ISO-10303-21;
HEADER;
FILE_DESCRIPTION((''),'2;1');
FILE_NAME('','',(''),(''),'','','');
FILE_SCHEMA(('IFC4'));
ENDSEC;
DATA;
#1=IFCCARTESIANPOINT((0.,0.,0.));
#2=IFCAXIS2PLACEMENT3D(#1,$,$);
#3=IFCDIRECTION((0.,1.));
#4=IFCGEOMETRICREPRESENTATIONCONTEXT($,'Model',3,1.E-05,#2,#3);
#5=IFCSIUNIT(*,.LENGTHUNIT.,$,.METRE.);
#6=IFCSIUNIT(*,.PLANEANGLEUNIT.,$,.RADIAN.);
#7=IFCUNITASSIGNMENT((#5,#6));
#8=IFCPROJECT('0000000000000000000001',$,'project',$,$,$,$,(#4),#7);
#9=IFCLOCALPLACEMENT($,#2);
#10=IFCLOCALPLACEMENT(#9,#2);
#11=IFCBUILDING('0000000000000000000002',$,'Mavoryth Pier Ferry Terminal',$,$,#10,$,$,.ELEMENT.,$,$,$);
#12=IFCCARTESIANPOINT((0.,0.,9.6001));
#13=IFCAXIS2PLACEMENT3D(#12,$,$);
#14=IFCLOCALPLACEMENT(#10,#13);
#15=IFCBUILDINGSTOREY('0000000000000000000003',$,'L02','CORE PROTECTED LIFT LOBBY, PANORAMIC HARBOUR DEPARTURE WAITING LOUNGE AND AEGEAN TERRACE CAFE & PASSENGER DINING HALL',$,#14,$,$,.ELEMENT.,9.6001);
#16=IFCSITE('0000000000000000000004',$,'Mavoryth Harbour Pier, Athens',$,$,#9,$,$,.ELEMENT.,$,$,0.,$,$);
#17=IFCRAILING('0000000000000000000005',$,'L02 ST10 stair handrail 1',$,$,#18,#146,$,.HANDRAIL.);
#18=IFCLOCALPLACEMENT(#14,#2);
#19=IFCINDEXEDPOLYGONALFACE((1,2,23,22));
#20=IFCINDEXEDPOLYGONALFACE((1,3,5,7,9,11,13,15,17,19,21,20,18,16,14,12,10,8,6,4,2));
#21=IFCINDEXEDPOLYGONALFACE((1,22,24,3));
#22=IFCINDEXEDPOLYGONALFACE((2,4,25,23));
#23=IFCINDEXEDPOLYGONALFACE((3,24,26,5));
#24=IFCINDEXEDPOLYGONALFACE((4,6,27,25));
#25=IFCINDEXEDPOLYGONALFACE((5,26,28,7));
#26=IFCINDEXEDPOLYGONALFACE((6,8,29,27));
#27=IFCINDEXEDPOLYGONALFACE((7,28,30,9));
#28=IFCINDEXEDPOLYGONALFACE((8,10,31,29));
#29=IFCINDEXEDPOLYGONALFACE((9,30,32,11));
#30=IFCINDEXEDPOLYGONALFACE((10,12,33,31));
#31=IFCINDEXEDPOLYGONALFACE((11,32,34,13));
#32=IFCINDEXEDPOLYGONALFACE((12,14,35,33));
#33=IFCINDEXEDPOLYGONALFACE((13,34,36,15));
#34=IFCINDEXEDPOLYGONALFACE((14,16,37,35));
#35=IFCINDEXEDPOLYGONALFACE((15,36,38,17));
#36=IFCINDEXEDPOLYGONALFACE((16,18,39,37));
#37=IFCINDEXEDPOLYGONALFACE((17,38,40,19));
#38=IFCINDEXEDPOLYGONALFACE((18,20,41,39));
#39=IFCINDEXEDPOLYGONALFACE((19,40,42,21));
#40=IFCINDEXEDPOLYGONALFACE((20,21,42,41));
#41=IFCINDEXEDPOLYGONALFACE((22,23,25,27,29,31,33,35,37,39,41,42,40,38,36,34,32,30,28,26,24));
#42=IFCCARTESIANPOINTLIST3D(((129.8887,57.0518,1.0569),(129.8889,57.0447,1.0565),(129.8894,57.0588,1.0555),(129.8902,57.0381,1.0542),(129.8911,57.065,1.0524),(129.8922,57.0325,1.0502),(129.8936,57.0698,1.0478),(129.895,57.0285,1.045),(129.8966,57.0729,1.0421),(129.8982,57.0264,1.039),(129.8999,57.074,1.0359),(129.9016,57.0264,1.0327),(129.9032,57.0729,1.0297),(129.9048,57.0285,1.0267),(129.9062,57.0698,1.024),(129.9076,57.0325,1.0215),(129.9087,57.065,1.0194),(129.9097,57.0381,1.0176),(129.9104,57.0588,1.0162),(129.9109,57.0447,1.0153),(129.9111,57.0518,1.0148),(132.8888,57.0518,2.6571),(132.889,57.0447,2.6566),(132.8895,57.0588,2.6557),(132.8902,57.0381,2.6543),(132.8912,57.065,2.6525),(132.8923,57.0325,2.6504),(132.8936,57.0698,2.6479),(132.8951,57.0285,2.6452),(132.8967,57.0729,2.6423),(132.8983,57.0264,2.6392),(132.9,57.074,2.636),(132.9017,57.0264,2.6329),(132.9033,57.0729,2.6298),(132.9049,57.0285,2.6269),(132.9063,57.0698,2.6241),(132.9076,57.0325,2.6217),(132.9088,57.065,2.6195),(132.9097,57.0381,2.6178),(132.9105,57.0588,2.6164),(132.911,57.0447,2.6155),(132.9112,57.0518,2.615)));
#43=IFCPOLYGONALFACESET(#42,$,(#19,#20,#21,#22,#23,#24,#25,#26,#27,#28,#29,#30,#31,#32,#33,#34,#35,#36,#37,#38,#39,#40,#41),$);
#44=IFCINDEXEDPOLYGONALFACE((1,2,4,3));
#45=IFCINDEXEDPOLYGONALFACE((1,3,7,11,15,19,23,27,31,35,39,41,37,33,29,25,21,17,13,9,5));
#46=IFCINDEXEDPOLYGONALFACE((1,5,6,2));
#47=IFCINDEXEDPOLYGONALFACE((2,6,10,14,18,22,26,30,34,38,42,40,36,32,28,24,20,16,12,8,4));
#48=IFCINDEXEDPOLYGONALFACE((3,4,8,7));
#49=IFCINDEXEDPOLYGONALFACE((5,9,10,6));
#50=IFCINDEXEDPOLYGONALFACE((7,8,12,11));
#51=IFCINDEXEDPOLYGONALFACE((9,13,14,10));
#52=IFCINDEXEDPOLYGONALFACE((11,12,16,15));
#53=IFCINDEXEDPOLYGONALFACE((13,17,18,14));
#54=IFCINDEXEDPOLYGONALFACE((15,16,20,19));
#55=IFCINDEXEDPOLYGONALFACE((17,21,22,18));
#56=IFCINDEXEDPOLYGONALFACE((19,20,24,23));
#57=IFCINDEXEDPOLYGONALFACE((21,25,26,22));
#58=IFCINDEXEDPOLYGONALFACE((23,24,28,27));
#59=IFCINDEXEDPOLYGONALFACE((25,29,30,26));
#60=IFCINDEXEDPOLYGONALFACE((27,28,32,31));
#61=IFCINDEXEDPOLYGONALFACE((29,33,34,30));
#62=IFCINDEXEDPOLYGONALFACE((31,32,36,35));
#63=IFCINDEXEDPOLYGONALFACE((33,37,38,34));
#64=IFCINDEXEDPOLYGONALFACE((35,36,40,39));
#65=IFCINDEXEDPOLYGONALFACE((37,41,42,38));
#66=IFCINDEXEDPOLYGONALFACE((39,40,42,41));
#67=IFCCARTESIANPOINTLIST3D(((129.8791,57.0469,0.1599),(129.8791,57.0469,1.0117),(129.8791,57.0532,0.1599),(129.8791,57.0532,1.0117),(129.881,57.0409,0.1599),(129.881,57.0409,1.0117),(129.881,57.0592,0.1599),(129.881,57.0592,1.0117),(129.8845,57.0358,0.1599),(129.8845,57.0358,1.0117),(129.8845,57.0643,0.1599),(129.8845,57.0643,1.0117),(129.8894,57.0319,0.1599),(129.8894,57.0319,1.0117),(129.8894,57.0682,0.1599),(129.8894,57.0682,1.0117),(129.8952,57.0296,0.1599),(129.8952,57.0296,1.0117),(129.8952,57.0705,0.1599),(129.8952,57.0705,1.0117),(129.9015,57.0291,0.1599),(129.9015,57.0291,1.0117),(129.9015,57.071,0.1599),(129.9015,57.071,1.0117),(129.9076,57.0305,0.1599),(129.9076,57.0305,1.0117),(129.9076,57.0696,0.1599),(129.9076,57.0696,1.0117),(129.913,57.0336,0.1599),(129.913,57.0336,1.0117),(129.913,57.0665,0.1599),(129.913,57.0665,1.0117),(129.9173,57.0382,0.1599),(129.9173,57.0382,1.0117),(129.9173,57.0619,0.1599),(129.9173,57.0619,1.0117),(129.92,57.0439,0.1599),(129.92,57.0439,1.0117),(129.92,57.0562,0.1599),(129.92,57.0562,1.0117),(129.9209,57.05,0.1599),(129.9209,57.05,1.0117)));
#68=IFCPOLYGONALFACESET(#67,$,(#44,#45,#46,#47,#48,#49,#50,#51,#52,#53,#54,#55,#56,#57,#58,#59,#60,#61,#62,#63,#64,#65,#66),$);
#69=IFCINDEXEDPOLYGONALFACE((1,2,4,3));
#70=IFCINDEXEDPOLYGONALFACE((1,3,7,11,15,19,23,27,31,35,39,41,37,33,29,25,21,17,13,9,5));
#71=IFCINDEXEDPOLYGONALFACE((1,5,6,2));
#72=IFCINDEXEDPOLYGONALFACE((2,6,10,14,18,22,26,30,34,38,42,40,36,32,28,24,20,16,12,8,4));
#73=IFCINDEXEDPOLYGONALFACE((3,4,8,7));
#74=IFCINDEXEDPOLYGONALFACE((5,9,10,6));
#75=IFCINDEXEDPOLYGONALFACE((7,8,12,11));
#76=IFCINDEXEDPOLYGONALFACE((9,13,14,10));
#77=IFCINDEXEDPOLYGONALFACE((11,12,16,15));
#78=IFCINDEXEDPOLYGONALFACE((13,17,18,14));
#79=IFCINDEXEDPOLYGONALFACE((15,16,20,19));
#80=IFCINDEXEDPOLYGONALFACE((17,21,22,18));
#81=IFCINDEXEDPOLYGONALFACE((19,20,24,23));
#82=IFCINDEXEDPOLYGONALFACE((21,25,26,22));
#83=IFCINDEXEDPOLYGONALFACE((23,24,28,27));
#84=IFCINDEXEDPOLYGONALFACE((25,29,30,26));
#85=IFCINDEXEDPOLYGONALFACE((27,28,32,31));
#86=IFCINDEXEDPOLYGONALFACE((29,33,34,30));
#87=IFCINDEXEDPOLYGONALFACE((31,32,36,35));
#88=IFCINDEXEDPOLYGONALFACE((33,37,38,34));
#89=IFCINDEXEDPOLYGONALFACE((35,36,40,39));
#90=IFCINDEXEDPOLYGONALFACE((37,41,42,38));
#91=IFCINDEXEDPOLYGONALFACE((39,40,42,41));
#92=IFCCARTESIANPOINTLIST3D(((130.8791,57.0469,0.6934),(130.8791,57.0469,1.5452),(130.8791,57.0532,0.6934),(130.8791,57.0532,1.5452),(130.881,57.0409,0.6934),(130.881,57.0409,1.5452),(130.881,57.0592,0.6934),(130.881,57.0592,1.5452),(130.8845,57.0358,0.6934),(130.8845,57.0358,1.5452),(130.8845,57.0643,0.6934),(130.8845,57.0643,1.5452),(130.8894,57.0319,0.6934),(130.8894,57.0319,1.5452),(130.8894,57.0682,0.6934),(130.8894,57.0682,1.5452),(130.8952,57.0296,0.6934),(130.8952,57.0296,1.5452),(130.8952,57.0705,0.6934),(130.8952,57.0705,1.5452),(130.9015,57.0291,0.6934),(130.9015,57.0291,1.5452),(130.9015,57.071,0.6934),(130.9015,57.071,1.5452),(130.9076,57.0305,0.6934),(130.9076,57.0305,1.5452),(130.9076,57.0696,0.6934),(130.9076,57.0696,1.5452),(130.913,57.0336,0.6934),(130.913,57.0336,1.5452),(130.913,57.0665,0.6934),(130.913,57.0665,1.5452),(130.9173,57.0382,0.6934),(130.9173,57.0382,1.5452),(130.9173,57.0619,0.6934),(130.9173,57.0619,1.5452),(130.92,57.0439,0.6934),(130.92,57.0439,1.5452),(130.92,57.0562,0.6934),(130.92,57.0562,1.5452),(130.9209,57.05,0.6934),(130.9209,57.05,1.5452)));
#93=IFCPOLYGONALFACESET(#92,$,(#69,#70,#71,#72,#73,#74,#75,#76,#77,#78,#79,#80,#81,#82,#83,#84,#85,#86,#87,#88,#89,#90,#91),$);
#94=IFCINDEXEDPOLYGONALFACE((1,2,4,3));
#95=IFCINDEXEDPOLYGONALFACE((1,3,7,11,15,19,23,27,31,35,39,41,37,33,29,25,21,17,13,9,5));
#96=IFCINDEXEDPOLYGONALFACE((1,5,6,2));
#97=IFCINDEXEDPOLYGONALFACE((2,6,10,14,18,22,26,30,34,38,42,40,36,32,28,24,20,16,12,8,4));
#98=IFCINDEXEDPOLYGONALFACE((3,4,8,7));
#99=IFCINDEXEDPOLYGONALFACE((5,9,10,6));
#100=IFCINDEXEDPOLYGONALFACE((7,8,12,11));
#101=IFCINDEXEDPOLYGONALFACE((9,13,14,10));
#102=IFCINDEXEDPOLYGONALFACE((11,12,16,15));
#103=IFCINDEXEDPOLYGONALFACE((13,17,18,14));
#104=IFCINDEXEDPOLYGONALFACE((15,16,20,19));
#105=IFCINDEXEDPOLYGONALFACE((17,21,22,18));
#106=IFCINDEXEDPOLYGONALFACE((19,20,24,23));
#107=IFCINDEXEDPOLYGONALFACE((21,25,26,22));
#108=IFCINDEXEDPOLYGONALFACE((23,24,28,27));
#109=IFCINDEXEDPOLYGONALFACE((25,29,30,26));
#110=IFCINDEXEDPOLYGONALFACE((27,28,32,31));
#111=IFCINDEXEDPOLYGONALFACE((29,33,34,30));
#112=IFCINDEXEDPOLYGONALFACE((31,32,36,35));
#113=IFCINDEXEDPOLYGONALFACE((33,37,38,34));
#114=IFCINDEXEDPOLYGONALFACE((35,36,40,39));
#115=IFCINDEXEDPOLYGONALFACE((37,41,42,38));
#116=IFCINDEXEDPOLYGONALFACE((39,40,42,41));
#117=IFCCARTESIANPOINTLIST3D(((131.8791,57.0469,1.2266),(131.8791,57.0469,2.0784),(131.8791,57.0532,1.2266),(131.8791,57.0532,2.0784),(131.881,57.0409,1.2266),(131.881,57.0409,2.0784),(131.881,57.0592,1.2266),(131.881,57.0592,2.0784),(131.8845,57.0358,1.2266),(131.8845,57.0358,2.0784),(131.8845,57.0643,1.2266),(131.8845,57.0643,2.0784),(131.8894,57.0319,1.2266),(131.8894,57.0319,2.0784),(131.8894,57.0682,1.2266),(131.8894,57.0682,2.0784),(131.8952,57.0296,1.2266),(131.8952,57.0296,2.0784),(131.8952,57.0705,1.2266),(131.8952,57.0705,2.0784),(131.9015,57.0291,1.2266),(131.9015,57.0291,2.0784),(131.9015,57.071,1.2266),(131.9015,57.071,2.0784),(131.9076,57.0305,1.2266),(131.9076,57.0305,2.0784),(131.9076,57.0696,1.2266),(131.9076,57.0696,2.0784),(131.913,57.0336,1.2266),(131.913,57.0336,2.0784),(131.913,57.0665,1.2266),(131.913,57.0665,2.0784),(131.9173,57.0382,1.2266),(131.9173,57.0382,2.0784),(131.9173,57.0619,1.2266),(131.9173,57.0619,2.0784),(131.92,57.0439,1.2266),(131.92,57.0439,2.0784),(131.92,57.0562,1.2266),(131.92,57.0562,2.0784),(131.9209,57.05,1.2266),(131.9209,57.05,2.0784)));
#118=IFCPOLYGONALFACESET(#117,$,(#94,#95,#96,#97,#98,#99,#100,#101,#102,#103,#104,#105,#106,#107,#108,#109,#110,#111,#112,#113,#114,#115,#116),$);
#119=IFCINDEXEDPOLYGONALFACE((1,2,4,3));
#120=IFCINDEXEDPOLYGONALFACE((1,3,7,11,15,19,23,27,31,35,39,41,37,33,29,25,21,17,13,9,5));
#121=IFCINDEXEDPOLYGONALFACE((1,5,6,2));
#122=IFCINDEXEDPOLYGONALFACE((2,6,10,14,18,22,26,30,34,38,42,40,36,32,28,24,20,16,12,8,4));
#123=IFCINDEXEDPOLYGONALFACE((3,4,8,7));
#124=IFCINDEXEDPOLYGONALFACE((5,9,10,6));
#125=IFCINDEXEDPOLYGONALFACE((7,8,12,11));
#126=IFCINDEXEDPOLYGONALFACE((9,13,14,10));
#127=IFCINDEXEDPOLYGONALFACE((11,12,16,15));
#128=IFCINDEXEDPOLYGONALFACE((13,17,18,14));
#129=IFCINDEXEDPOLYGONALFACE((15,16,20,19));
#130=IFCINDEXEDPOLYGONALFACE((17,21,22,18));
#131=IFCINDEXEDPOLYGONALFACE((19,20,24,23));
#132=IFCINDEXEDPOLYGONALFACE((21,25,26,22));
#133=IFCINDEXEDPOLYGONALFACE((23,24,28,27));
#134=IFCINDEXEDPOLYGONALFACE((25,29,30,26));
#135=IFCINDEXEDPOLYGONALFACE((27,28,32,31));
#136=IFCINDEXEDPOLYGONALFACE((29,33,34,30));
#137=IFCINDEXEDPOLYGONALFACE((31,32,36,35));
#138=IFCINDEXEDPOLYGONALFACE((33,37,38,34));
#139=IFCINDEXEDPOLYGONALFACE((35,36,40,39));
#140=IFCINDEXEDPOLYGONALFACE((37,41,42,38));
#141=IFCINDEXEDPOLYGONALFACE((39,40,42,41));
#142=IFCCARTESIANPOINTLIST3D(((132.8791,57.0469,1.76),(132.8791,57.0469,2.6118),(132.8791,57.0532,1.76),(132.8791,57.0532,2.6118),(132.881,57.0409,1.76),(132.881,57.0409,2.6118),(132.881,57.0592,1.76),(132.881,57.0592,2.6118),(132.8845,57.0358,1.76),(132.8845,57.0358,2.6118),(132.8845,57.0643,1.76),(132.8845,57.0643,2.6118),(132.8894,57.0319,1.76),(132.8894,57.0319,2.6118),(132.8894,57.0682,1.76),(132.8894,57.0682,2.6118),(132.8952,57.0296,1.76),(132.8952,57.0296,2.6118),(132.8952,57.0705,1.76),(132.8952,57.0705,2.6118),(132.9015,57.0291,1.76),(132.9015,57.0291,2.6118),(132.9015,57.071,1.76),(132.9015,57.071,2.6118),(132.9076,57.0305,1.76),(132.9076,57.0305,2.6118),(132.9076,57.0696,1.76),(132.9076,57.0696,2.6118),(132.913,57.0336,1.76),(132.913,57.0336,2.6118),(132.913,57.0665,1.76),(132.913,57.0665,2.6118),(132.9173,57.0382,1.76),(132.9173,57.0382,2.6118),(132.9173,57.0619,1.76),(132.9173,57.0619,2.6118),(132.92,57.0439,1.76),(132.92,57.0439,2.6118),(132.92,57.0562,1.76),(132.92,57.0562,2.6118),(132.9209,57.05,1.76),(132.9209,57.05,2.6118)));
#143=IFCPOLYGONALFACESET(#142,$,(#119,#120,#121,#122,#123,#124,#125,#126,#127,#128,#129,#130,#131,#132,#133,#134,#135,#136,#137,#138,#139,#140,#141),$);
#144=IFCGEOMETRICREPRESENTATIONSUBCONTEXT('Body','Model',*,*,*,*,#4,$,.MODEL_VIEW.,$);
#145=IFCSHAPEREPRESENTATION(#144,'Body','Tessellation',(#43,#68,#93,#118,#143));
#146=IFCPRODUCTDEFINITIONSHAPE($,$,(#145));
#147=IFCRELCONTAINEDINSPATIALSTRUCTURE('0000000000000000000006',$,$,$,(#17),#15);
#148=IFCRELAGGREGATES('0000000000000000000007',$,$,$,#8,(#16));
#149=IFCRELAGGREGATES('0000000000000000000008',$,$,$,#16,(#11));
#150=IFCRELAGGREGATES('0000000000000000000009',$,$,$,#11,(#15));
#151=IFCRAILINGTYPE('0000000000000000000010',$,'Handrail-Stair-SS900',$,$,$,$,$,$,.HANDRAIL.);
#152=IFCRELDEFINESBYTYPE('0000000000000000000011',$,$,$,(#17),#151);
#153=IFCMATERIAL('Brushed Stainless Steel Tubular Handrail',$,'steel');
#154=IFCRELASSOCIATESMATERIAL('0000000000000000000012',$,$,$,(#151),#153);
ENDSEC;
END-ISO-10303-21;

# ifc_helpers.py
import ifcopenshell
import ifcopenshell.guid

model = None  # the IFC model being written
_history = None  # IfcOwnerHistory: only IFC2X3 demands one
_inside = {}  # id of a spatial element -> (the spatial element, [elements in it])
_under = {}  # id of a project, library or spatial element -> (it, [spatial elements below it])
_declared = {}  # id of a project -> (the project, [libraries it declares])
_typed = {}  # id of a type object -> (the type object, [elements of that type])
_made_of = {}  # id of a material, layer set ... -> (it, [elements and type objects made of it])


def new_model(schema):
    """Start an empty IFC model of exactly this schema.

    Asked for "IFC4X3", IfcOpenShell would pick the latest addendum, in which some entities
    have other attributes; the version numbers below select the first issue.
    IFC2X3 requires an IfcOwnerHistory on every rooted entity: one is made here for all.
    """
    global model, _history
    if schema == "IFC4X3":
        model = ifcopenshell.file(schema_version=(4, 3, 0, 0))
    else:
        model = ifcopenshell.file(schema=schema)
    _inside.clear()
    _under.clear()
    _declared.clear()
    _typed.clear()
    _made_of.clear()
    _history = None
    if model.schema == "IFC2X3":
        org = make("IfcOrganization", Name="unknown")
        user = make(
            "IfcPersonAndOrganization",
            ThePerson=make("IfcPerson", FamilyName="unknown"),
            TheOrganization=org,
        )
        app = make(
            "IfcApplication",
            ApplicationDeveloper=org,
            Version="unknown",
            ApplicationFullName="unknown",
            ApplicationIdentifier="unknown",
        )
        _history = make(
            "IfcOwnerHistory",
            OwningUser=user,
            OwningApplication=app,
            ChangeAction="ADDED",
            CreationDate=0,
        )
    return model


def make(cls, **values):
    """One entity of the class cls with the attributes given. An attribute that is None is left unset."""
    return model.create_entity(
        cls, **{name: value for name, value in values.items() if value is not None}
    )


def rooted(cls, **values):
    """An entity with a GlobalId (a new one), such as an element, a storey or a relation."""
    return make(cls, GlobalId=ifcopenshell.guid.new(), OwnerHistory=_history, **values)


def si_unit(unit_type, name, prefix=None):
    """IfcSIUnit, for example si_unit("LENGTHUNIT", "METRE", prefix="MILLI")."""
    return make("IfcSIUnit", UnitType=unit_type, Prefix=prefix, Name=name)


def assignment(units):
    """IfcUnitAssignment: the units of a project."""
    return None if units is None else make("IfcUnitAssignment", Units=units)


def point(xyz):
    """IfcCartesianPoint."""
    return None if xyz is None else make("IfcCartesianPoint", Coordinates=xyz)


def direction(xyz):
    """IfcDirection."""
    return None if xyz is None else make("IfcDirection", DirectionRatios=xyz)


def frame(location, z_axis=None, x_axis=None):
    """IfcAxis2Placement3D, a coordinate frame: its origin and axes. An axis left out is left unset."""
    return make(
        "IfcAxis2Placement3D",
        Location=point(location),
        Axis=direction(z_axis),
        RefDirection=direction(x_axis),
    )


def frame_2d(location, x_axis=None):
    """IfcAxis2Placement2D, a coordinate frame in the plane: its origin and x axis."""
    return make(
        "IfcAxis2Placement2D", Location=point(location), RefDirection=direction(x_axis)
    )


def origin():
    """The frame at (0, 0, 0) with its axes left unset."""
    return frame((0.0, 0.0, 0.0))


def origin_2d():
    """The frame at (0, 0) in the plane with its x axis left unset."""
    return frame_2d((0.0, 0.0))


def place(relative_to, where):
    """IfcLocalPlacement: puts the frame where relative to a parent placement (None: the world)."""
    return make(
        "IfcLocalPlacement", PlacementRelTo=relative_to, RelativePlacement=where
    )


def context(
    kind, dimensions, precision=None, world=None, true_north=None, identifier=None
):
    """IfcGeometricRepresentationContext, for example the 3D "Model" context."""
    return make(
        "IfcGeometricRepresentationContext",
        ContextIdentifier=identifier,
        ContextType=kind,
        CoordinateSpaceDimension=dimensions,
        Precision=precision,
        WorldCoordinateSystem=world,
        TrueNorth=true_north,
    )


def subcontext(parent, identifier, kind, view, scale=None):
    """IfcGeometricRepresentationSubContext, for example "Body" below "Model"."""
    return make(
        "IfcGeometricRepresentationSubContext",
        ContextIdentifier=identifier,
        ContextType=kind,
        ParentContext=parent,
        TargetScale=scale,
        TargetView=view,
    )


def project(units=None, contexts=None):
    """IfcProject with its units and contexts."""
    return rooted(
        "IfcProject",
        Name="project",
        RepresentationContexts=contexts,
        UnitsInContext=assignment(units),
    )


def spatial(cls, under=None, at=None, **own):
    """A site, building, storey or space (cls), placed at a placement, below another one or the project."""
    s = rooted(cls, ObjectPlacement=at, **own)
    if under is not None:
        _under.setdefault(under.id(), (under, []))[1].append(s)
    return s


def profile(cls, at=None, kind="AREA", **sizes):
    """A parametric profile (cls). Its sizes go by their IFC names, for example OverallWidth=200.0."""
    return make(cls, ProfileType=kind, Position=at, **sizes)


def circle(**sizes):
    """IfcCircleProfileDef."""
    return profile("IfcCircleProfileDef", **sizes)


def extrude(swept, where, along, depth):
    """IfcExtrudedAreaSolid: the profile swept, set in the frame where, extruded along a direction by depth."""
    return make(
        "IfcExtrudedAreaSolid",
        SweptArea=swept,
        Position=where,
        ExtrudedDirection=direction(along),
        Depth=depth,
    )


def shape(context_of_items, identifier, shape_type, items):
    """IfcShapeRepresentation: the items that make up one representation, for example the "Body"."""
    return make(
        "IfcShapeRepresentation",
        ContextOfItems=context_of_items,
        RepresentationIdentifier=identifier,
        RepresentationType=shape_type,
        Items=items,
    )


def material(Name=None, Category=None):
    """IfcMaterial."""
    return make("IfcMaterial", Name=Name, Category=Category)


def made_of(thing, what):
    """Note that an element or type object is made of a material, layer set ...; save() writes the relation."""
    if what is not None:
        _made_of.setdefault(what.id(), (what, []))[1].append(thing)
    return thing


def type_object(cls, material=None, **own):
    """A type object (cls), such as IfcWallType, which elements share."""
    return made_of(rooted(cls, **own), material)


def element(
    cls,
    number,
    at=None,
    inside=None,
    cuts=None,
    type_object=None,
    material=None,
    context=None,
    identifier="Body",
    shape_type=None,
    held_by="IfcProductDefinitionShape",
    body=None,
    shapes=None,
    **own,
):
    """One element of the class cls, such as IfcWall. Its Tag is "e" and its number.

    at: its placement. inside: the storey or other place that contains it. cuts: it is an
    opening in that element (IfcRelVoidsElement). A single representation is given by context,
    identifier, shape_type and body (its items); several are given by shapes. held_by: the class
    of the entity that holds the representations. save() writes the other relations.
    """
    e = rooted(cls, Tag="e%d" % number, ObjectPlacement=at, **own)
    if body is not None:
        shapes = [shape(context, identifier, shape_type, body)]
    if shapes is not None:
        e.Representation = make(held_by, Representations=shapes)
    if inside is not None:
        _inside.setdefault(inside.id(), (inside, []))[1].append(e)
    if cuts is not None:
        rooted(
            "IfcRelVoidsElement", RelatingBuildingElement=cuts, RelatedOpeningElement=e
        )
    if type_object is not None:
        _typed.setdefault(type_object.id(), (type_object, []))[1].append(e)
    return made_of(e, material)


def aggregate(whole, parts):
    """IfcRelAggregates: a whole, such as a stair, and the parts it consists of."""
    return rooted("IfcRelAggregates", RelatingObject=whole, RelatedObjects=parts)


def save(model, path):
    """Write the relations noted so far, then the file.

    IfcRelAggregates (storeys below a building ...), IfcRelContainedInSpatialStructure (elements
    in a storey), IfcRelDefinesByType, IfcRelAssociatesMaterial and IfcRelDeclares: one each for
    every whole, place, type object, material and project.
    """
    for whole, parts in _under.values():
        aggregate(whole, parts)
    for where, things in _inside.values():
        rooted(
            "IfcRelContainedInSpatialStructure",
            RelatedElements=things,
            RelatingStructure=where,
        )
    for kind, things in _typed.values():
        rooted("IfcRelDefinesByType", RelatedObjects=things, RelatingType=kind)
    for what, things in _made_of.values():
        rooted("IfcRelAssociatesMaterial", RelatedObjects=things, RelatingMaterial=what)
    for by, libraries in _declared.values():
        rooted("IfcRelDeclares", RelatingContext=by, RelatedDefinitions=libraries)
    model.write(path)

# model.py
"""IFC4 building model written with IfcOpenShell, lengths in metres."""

from ifc_helpers import new_model, si_unit, direction, frame, origin, origin_2d, place, context, subcontext, project, spatial, circle, extrude, material, type_object, element, save


model = new_model("IFC4")

# Units and contexts
model_context = context("Model", 3, precision=1e-05, world=origin(), true_north=direction((0.0, 1.0)))
body_context = subcontext(model_context, "Body", "Model", "MODEL_VIEW")
ifc_project = project(units=[si_unit("LENGTHUNIT", "METRE"), si_unit("PLANEANGLEUNIT", "RADIAN")], contexts=[model_context])

# Site, building, storey
site_placement = place(None, origin())
site = spatial("IfcSite", under=ifc_project, at=site_placement, Name="Mavoryth Harbour Pier, Athens", CompositionType="ELEMENT", RefElevation=0.0)
building_placement = place(site_placement, origin())
building = spatial("IfcBuilding", under=site, at=building_placement, Name="Mavoryth Pier Ferry Terminal", CompositionType="ELEMENT")
storey_placement = place(building_placement, frame((0.0, 0.0, 9.6001)))
storey = spatial("IfcBuildingStorey", under=building, at=storey_placement, Name="L02", Description="CORE PROTECTED LIFT LOBBY, PANORAMIC HARBOUR DEPARTURE WAITING LOUNGE AND AEGEAN TERRACE CAFE & PASSENGER DINING HALL", CompositionType="ELEMENT", Elevation=9.6001)

# Railing
ifc_material_1 = material(Name="Brushed Stainless Steel Tubular Handrail", Category="steel")
railing_type_1 = type_object("IfcRailingType", Name="Handrail-Stair-SS900", PredefinedType="HANDRAIL", material=ifc_material_1)
railing_1_placement = place(storey_placement, frame((129.8999, 57.05, 0.1599)))
element("IfcRailing", 1, at=railing_1_placement, inside=storey, type_object=railing_type_1, Name="L02 ST10 stair handrail 1", PredefinedType="HANDRAIL", context=body_context, shape_type="SweptSolid", body=[
    extrude(circle(Radius=0.0239, at=origin_2d()), frame((0.0, 0.0, 0.876), z_axis=(0.882341, 0.0, 0.470611), x_axis=(0.0, 1.0, 0.0)), (0.0, 0.0, 1.0), 3.4001),
    extrude(circle(Radius=0.021, at=origin_2d()), origin(), (0.0, 0.0, 1.0), 0.8518),
    extrude(circle(Radius=0.021, at=origin_2d()), frame((1.0, 0.0, 0.5334)), (0.0, 0.0, 1.0), 0.8518),
    extrude(circle(Radius=0.021, at=origin_2d()), frame((2.0, 0.0, 1.0667)), (0.0, 0.0, 1.0), 0.8518),
    extrude(circle(Radius=0.021, at=origin_2d()), frame((3.0, 0.0, 1.6001)), (0.0, 0.0, 1.0), 0.8518),
])

save(model, "model.ifc")
